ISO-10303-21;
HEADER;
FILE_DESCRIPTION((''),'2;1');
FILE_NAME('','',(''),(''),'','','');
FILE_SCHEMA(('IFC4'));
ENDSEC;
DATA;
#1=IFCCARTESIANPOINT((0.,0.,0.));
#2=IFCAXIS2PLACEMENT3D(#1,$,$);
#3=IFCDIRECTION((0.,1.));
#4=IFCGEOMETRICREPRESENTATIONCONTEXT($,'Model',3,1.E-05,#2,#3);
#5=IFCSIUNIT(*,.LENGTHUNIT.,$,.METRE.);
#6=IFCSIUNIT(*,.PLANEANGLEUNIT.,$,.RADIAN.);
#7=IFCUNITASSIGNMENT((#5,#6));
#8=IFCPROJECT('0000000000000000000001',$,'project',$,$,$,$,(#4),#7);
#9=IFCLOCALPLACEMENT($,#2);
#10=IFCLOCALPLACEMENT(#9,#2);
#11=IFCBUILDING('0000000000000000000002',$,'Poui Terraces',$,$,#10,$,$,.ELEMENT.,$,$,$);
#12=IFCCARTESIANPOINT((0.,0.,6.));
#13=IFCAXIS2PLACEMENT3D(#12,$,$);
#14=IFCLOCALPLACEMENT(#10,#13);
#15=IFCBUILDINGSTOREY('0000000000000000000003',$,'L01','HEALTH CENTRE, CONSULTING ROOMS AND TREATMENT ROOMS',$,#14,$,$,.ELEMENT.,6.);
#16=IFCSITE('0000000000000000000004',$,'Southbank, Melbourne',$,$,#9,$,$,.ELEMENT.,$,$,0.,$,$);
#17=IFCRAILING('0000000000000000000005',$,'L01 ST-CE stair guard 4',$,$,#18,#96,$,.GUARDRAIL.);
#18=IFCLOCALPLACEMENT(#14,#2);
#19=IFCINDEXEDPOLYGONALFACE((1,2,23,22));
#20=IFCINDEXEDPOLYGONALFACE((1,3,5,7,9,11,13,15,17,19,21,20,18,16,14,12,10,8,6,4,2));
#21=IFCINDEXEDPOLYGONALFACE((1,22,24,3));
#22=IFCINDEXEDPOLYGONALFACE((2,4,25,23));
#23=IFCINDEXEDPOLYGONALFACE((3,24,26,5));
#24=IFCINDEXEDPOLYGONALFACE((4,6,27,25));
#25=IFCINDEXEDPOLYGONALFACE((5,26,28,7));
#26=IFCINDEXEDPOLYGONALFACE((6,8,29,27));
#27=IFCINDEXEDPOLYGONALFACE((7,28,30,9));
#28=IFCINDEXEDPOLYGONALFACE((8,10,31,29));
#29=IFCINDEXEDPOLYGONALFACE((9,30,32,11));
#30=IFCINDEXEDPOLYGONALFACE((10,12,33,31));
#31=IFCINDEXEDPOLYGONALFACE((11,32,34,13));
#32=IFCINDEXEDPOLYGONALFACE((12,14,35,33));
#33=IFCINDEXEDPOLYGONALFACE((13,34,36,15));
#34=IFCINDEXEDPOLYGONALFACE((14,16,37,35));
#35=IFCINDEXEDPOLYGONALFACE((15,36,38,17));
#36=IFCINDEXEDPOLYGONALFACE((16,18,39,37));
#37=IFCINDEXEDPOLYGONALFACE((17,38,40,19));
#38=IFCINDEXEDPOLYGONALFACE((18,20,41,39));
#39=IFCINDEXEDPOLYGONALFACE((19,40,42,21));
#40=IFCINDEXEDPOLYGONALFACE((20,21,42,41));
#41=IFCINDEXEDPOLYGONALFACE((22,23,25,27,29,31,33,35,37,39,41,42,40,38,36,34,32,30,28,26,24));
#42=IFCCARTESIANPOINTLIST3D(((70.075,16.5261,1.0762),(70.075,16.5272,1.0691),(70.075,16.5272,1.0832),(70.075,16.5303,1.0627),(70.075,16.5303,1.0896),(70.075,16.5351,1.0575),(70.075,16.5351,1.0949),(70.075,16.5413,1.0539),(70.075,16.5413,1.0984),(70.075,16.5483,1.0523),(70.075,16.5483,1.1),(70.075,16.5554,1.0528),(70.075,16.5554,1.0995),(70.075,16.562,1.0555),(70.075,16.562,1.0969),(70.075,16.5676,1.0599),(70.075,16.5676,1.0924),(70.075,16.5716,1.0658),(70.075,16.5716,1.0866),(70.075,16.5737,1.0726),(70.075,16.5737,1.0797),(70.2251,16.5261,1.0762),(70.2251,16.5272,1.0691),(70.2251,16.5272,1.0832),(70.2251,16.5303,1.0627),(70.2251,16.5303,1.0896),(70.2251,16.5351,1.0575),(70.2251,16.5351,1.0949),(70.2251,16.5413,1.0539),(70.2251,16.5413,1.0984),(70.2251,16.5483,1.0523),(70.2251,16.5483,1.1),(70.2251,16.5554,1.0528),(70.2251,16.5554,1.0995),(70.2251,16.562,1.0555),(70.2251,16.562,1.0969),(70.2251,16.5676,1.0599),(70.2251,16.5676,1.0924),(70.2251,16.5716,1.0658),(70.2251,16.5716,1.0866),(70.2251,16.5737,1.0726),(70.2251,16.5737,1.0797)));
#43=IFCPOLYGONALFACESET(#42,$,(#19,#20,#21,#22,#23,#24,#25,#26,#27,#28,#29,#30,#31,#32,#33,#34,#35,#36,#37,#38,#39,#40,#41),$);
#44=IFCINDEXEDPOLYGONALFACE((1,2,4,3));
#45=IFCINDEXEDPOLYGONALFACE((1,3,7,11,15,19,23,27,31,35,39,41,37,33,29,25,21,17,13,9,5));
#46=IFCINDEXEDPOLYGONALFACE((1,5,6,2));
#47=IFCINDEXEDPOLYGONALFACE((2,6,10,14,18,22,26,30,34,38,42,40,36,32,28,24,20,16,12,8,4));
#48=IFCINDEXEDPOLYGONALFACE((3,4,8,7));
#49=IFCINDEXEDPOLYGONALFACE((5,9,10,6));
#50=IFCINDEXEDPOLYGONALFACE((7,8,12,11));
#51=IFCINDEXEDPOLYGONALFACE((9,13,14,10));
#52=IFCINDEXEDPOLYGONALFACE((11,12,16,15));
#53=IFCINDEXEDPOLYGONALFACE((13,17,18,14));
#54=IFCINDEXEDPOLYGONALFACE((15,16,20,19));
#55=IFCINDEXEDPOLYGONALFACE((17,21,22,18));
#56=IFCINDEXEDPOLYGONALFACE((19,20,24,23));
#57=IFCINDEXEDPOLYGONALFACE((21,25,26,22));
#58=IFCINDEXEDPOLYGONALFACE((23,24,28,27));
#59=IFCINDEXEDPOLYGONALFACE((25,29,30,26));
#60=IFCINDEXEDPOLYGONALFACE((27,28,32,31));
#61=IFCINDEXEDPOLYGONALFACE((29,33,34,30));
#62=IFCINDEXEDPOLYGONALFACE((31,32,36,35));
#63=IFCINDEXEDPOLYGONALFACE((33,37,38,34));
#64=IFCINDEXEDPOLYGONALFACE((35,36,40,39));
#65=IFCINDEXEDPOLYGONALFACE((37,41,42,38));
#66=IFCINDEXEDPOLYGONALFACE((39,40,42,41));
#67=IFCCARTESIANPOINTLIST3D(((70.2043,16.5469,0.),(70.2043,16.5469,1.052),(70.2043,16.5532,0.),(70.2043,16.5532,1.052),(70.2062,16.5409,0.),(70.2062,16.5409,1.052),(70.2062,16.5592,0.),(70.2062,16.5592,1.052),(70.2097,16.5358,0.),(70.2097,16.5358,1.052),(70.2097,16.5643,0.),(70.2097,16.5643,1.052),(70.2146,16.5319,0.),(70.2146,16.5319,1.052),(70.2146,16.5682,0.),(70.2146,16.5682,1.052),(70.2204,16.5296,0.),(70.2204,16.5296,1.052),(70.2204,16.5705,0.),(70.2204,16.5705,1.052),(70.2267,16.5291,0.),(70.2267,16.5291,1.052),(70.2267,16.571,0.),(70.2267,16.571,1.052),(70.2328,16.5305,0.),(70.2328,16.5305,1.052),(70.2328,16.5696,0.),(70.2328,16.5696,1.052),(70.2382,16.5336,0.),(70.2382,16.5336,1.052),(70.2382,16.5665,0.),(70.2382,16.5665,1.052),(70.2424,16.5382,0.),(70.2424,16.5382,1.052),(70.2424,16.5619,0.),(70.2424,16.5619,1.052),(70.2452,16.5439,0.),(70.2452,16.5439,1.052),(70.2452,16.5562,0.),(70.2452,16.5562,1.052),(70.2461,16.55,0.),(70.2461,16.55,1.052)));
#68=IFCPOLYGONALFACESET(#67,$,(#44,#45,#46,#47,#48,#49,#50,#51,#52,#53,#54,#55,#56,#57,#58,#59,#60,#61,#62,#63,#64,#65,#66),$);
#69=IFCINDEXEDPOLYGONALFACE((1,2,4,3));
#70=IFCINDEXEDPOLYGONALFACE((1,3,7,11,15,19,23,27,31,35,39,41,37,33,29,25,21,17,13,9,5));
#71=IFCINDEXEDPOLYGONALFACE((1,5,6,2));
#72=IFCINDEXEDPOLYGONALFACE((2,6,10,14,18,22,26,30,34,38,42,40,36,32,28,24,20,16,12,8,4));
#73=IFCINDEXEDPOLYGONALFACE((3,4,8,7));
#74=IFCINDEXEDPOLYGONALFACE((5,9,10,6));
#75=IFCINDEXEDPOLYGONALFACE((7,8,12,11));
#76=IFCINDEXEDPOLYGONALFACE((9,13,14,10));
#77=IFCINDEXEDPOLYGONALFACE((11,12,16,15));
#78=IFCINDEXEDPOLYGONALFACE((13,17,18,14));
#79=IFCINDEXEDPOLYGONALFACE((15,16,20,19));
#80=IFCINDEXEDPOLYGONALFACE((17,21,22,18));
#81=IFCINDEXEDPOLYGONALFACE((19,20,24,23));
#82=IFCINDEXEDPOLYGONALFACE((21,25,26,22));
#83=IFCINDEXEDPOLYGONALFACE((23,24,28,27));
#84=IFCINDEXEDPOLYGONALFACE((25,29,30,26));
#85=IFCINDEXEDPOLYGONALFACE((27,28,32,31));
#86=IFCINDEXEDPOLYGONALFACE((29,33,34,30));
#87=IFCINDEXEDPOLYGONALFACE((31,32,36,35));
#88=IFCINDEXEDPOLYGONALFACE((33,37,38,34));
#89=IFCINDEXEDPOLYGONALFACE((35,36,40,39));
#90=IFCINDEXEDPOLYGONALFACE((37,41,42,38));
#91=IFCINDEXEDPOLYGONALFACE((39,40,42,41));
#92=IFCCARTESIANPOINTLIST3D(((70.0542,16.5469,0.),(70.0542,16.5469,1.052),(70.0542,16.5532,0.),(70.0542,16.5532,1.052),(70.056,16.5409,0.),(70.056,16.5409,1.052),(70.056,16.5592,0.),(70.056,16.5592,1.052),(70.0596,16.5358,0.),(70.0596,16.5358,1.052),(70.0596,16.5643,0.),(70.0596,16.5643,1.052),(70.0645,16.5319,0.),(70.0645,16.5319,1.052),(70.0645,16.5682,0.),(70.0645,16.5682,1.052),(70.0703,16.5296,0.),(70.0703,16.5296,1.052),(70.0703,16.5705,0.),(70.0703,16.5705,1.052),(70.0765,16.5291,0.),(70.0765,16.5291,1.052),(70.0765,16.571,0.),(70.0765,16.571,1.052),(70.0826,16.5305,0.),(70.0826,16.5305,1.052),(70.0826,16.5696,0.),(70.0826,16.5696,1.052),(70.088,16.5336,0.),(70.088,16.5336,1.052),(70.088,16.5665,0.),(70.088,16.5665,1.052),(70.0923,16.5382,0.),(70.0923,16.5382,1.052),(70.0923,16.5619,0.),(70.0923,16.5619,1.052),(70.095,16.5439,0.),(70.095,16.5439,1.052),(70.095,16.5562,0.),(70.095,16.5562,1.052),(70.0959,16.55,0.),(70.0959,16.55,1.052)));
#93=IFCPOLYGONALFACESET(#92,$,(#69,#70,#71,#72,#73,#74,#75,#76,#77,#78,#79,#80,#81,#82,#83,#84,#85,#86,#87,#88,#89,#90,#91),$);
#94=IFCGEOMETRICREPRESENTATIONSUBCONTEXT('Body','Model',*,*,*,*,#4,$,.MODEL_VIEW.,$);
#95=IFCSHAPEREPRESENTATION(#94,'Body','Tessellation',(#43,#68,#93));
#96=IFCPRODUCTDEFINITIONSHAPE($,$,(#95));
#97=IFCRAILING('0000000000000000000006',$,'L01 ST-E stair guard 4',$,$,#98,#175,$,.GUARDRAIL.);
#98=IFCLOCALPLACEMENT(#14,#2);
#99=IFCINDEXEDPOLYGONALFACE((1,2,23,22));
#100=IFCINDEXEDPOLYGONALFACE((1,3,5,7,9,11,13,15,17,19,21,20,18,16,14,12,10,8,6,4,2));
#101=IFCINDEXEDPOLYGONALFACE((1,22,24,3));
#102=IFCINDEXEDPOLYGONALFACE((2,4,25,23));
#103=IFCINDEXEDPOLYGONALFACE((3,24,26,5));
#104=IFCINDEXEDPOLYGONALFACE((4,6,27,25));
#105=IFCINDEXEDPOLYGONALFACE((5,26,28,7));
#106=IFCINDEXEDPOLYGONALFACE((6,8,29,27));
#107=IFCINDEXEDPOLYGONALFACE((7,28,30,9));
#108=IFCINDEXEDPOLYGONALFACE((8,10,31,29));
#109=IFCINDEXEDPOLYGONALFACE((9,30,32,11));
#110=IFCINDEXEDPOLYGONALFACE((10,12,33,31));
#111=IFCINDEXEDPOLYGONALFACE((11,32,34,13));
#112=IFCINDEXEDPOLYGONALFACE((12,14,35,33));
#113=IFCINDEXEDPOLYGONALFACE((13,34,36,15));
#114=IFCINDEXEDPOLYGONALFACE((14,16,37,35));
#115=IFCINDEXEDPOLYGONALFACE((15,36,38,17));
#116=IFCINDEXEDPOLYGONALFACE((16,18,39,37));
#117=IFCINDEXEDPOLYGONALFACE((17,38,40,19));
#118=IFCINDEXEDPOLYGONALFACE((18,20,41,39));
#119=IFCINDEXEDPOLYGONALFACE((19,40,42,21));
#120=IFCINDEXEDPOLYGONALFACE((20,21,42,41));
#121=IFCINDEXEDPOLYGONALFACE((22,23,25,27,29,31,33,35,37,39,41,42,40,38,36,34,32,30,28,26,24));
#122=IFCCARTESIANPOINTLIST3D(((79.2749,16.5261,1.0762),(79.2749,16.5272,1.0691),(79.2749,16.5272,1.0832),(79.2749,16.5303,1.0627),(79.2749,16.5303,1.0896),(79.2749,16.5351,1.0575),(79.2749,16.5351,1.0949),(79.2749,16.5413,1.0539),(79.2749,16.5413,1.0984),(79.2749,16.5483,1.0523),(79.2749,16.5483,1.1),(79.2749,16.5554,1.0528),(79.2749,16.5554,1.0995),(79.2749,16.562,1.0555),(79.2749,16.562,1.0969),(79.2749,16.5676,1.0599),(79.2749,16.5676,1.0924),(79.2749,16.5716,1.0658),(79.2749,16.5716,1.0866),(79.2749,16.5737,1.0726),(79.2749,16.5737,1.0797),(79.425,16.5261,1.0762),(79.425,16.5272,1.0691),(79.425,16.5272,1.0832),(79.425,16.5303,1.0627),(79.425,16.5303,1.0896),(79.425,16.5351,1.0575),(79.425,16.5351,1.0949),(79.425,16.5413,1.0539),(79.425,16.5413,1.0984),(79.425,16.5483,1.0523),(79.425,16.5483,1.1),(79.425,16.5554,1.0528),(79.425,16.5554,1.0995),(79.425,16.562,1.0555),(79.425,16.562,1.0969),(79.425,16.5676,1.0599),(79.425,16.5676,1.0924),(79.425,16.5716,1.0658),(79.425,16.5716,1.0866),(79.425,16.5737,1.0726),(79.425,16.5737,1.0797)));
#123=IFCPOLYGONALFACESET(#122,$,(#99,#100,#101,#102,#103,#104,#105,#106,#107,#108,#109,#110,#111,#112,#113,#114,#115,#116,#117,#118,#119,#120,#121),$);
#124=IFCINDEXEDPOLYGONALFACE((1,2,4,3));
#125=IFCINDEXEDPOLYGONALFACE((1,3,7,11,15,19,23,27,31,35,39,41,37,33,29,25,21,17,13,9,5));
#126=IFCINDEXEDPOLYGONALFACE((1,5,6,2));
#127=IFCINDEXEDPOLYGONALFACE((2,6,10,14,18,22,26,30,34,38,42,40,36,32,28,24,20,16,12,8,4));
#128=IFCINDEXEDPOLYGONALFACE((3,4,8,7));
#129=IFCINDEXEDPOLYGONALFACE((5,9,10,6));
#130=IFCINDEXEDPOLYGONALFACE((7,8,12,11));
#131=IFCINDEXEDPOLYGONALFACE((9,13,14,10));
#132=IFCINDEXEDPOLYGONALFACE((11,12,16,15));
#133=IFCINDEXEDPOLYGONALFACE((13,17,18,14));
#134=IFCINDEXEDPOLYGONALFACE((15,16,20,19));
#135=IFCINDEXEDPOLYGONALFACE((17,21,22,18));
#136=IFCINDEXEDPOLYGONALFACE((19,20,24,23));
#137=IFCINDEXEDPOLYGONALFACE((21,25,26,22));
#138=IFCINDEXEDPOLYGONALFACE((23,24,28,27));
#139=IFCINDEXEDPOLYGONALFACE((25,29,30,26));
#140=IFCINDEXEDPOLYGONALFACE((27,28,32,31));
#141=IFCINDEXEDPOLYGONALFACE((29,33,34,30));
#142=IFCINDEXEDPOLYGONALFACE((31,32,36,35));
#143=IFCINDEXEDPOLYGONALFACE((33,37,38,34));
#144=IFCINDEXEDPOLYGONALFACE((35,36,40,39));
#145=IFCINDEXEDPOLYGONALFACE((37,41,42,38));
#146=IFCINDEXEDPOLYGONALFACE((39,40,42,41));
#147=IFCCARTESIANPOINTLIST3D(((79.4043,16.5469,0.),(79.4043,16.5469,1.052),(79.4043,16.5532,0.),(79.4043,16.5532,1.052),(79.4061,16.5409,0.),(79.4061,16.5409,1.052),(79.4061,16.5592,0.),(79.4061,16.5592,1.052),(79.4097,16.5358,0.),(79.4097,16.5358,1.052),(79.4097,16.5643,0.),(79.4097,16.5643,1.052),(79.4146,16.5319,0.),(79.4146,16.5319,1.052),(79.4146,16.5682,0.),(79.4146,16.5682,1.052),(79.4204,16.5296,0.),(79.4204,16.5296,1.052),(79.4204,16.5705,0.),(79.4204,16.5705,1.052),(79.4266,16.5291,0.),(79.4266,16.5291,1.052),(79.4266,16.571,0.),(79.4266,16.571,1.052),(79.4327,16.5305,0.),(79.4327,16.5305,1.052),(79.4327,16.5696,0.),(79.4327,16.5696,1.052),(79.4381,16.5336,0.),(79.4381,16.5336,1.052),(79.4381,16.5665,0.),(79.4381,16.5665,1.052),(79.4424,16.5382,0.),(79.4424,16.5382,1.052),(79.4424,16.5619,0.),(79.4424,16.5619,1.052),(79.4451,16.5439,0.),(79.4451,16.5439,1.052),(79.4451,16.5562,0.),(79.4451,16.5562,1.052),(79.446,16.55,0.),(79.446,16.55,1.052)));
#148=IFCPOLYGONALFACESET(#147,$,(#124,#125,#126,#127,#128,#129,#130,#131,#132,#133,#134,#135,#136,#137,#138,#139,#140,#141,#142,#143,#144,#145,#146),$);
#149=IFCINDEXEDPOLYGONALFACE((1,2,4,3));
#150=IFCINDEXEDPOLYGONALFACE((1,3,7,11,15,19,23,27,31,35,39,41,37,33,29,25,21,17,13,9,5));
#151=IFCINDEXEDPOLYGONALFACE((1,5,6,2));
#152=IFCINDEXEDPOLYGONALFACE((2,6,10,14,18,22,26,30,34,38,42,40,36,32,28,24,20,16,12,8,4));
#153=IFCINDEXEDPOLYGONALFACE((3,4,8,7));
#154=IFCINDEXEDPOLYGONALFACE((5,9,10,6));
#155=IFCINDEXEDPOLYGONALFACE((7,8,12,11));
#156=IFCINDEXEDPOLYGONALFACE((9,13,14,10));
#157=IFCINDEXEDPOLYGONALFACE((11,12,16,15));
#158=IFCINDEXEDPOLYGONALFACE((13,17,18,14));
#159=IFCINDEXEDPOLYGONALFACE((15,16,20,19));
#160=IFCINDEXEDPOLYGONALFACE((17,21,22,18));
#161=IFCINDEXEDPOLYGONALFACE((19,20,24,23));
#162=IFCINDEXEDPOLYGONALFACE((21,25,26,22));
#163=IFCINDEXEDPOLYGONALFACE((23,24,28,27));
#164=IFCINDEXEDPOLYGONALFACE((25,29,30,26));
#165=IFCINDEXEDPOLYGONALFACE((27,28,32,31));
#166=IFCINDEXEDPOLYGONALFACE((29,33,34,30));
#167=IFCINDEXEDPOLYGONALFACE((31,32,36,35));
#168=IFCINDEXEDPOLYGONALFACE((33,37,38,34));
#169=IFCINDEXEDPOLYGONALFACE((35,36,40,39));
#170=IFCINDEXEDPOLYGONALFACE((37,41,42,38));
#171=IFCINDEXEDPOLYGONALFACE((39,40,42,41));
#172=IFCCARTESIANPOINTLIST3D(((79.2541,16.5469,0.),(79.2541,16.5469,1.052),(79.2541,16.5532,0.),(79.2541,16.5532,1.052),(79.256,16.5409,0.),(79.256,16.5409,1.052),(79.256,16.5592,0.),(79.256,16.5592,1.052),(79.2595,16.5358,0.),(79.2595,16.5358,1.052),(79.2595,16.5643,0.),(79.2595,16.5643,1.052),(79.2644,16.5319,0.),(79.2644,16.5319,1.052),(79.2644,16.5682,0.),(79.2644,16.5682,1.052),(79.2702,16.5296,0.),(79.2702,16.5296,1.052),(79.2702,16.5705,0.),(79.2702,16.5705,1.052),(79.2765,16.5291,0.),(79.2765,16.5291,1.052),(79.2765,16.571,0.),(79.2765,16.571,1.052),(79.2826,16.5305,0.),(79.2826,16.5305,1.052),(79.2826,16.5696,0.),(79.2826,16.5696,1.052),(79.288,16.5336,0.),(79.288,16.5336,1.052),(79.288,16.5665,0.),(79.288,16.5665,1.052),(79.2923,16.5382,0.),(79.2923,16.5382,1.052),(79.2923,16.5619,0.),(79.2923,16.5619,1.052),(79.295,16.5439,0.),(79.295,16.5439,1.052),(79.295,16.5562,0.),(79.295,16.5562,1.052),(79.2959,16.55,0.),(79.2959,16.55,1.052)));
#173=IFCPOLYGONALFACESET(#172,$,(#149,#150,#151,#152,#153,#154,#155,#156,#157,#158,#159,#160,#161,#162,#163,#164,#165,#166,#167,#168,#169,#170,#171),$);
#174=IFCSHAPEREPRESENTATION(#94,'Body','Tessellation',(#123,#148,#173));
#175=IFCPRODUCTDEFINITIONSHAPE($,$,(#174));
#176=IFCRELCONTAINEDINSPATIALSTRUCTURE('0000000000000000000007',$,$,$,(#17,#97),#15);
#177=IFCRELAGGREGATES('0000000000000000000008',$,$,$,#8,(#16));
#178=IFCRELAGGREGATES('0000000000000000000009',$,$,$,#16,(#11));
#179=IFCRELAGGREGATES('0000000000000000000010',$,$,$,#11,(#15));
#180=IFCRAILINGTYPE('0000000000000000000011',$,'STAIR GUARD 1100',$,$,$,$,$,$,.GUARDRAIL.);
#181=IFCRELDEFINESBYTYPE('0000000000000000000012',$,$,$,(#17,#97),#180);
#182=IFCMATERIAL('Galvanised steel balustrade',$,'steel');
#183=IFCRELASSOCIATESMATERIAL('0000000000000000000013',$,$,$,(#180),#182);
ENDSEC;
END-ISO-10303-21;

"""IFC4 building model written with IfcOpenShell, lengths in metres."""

from ifc_helpers import new_model, si_unit, direction, frame, origin, origin_2d, place, context, subcontext, project, spatial, circle, extrude, material, type_object, element, save


model = new_model("IFC4")

# Units and contexts
model_context = context("Model", 3, precision=1e-05, world=origin(), true_north=direction((0.0, 1.0)))
body_context = subcontext(model_context, "Body", "Model", "MODEL_VIEW")
ifc_project = project(units=[si_unit("LENGTHUNIT", "METRE"), si_unit("PLANEANGLEUNIT", "RADIAN")], contexts=[model_context])

# Site, building, storey
site_placement = place(None, origin())
site = spatial("IfcSite", under=ifc_project, at=site_placement, Name="Southbank, Melbourne", CompositionType="ELEMENT", RefElevation=0.0)
building_placement = place(site_placement, origin())
building = spatial("IfcBuilding", under=site, at=building_placement, Name="Poui Terraces", CompositionType="ELEMENT")
storey_placement = place(building_placement, frame((0.0, 0.0, 6.0)))
storey = spatial("IfcBuildingStorey", under=building, at=storey_placement, Name="L01", Description="HEALTH CENTRE, CONSULTING ROOMS AND TREATMENT ROOMS", CompositionType="ELEMENT", Elevation=6.0)

# Railings
ifc_material_1 = material(Name="Galvanised steel balustrade", Category="steel")
railing_type_1 = type_object("IfcRailingType", Name="STAIR GUARD 1100", PredefinedType="GUARDRAIL", material=ifc_material_1)
for number, where, name in (
    (1, (70.2251, 16.55, 0.0), "L01 ST-CE stair guard 4"),
    (2, (79.425, 16.55, 0.0), "L01 ST-E stair guard 4"),
):
    element("IfcRailing", number, at=place(storey_placement, frame(where)), inside=storey, type_object=railing_type_1, Name=name, PredefinedType="GUARDRAIL", context=body_context, shape_type="SweptSolid", body=[
        extrude(circle(Radius=0.0239, at=origin_2d()), frame((0.0, 0.0, 1.0762), z_axis=(-1.0, 0.0, 0.0), x_axis=(0.0, -1.0, 0.0)), (0.0, 0.0, 1.0), 0.1501),
        extrude(circle(Radius=0.021, at=origin_2d()), origin(), (0.0, 0.0, 1.0), 1.052),
        extrude(circle(Radius=0.021, at=origin_2d()), frame((-0.1501, 0.0, 0.0)), (0.0, 0.0, 1.0), 1.052),
    ])

save(model, "model.ifc")
